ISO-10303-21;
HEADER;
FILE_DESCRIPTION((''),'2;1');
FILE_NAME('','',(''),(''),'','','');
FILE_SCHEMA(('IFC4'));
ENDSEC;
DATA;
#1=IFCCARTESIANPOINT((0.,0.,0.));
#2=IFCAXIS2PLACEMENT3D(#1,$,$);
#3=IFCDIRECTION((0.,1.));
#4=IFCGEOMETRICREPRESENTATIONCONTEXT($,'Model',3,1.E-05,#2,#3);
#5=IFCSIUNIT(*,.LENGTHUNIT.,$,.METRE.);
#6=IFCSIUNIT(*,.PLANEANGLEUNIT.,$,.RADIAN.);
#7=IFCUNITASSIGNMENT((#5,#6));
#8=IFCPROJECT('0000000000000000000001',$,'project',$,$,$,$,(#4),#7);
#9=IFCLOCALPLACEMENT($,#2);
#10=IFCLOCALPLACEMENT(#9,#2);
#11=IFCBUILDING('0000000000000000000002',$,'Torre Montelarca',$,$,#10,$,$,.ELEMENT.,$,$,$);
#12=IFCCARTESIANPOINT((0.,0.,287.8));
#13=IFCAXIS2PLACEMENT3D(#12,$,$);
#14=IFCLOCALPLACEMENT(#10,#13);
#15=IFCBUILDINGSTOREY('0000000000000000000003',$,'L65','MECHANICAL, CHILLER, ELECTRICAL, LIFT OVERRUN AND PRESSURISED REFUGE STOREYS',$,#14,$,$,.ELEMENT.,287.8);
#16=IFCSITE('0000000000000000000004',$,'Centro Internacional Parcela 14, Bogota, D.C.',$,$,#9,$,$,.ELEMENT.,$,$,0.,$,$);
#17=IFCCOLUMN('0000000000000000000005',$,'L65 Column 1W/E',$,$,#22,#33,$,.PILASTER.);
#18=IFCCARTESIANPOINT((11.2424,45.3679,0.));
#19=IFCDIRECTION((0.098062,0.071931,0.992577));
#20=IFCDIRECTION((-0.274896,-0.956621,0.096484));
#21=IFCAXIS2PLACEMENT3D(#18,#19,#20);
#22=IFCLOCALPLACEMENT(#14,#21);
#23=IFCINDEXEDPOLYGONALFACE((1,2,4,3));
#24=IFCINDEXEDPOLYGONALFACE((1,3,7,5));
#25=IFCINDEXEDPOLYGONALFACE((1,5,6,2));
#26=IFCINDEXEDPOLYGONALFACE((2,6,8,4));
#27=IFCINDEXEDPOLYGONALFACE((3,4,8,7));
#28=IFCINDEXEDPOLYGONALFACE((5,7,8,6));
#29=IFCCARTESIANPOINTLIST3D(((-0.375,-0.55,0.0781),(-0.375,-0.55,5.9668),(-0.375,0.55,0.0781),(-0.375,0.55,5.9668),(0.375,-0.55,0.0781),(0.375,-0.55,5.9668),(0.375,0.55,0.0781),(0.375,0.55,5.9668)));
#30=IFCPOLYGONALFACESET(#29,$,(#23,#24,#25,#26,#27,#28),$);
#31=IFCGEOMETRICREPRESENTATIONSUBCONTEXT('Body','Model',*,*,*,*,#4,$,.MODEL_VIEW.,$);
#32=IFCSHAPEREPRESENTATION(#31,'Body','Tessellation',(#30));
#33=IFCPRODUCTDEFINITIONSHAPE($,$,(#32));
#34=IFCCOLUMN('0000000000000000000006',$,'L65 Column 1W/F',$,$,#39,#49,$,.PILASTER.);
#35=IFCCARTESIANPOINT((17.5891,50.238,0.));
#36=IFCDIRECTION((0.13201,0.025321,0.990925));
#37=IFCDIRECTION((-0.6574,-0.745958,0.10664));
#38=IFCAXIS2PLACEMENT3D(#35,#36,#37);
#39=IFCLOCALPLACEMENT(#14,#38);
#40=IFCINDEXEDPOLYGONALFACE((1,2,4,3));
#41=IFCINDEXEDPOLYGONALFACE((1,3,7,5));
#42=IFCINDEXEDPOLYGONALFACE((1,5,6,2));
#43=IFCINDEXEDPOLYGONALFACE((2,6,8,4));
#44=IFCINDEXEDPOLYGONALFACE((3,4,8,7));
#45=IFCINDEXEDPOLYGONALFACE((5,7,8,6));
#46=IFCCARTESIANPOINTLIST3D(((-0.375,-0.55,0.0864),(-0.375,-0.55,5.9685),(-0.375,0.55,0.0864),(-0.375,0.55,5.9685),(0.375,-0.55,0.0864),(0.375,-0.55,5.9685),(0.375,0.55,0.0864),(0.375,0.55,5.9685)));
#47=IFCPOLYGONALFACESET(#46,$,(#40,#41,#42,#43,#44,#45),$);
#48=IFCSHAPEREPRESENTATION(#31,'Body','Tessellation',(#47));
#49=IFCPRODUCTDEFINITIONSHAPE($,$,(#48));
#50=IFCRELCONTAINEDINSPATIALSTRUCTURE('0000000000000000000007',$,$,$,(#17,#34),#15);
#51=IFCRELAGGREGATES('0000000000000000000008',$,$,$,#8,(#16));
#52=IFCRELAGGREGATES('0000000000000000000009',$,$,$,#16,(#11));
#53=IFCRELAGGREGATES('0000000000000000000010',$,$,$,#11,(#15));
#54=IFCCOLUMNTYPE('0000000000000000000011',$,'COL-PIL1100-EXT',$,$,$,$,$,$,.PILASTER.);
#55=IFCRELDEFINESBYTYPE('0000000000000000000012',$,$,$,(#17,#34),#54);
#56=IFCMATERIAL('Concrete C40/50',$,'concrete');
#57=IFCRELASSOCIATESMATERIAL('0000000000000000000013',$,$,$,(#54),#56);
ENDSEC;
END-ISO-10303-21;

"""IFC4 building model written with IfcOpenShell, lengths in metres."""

from ifc_helpers import new_model, si_unit, direction, frame, origin, origin_2d, place, context, subcontext, project, spatial, rectangle, extrude, clip, halfspace, material, material_profile, profile_set, type_object, element, save


model = new_model("IFC4")

# Units and contexts
model_context = context("Model", 3, precision=1e-05, world=origin(), true_north=direction((0.0, 1.0)))
body_context = subcontext(model_context, "Body", "Model", "MODEL_VIEW")
ifc_project = project(units=[si_unit("LENGTHUNIT", "METRE"), si_unit("PLANEANGLEUNIT", "RADIAN")], contexts=[model_context])

# Site, building, storey
site_placement = place(None, origin())
site = spatial("IfcSite", under=ifc_project, at=site_placement, Name="Centro Internacional Parcela 14, Bogota, D.C.", CompositionType="ELEMENT", RefElevation=0.0)
building_placement = place(site_placement, origin())
building = spatial("IfcBuilding", under=site, at=building_placement, Name="Torre Montelarca", CompositionType="ELEMENT")
storey_placement = place(building_placement, frame((0.0, 0.0, 287.8)))
storey = spatial("IfcBuildingStorey", under=building, at=storey_placement, Name="L65", Description="MECHANICAL, CHILLER, ELECTRICAL, LIFT OVERRUN AND PRESSURISED REFUGE STOREYS", CompositionType="ELEMENT", Elevation=287.8)

# Columns
ifc_material_1 = material(Name="Concrete C40/50", Category="concrete")
ifc_material_profile_1 = material_profile(ifc_material_1, rectangle(XDim=0.75, YDim=1.1001, at=origin_2d()), Name="RC1100X750", Category="concrete")
ifc_profile_set_1 = profile_set([ifc_material_profile_1], Name="Concrete C40/50")
column_type_1 = type_object("IfcColumnType", Name="COL-PIL1100-EXT", PredefinedType="PILASTER", material=ifc_profile_set_1)
column_1_placement = place(storey_placement, frame((11.2424, 45.3679, 0.0), z_axis=(0.098062, 0.071931, 0.992577), x_axis=(-0.274896, -0.956621, 0.096484)))
element("IfcColumn", 1, at=column_1_placement, inside=storey, type_object=column_type_1, Name="L65 Column 1W/E", PredefinedType="PILASTER", context=body_context, shape_type="Clipping", body=[
    clip(clip(extrude(rectangle(XDim=0.75, YDim=1.1001, at=origin_2d()), origin(), (0.0, 0.0, 1.0), 6.0449), halfspace(frame((0.0, 0.0, 0.0781), z_axis=(0.0, 0.0, -1.0), x_axis=(1.0, 0.0, 0.0)), False)), halfspace(frame((0.0, 0.0, 5.9668), z_axis=(0.0, 0.0, 1.0), x_axis=(1.0, 0.0, 0.0)), False)),
])
column_2_placement = place(storey_placement, frame((17.5891, 50.238, 0.0), z_axis=(0.13201, 0.025321, 0.990925), x_axis=(-0.6574, -0.745958, 0.10664)))
element("IfcColumn", 2, at=column_2_placement, inside=storey, type_object=column_type_1, Name="L65 Column 1W/F", PredefinedType="PILASTER", context=body_context, shape_type="Clipping", body=[
    clip(clip(extrude(rectangle(XDim=0.75, YDim=1.1001, at=origin_2d()), origin(), (0.0, 0.0, 1.0), 6.0549), halfspace(frame((0.0, 0.0, 0.0864), z_axis=(0.0, 0.0, -1.0), x_axis=(1.0, 0.0, 0.0)), False)), halfspace(frame((0.0, 0.0, 5.9685), z_axis=(0.0, 0.0, 1.0), x_axis=(1.0, 0.0, 0.0)), False)),
])

save(model, "model.ifc")
